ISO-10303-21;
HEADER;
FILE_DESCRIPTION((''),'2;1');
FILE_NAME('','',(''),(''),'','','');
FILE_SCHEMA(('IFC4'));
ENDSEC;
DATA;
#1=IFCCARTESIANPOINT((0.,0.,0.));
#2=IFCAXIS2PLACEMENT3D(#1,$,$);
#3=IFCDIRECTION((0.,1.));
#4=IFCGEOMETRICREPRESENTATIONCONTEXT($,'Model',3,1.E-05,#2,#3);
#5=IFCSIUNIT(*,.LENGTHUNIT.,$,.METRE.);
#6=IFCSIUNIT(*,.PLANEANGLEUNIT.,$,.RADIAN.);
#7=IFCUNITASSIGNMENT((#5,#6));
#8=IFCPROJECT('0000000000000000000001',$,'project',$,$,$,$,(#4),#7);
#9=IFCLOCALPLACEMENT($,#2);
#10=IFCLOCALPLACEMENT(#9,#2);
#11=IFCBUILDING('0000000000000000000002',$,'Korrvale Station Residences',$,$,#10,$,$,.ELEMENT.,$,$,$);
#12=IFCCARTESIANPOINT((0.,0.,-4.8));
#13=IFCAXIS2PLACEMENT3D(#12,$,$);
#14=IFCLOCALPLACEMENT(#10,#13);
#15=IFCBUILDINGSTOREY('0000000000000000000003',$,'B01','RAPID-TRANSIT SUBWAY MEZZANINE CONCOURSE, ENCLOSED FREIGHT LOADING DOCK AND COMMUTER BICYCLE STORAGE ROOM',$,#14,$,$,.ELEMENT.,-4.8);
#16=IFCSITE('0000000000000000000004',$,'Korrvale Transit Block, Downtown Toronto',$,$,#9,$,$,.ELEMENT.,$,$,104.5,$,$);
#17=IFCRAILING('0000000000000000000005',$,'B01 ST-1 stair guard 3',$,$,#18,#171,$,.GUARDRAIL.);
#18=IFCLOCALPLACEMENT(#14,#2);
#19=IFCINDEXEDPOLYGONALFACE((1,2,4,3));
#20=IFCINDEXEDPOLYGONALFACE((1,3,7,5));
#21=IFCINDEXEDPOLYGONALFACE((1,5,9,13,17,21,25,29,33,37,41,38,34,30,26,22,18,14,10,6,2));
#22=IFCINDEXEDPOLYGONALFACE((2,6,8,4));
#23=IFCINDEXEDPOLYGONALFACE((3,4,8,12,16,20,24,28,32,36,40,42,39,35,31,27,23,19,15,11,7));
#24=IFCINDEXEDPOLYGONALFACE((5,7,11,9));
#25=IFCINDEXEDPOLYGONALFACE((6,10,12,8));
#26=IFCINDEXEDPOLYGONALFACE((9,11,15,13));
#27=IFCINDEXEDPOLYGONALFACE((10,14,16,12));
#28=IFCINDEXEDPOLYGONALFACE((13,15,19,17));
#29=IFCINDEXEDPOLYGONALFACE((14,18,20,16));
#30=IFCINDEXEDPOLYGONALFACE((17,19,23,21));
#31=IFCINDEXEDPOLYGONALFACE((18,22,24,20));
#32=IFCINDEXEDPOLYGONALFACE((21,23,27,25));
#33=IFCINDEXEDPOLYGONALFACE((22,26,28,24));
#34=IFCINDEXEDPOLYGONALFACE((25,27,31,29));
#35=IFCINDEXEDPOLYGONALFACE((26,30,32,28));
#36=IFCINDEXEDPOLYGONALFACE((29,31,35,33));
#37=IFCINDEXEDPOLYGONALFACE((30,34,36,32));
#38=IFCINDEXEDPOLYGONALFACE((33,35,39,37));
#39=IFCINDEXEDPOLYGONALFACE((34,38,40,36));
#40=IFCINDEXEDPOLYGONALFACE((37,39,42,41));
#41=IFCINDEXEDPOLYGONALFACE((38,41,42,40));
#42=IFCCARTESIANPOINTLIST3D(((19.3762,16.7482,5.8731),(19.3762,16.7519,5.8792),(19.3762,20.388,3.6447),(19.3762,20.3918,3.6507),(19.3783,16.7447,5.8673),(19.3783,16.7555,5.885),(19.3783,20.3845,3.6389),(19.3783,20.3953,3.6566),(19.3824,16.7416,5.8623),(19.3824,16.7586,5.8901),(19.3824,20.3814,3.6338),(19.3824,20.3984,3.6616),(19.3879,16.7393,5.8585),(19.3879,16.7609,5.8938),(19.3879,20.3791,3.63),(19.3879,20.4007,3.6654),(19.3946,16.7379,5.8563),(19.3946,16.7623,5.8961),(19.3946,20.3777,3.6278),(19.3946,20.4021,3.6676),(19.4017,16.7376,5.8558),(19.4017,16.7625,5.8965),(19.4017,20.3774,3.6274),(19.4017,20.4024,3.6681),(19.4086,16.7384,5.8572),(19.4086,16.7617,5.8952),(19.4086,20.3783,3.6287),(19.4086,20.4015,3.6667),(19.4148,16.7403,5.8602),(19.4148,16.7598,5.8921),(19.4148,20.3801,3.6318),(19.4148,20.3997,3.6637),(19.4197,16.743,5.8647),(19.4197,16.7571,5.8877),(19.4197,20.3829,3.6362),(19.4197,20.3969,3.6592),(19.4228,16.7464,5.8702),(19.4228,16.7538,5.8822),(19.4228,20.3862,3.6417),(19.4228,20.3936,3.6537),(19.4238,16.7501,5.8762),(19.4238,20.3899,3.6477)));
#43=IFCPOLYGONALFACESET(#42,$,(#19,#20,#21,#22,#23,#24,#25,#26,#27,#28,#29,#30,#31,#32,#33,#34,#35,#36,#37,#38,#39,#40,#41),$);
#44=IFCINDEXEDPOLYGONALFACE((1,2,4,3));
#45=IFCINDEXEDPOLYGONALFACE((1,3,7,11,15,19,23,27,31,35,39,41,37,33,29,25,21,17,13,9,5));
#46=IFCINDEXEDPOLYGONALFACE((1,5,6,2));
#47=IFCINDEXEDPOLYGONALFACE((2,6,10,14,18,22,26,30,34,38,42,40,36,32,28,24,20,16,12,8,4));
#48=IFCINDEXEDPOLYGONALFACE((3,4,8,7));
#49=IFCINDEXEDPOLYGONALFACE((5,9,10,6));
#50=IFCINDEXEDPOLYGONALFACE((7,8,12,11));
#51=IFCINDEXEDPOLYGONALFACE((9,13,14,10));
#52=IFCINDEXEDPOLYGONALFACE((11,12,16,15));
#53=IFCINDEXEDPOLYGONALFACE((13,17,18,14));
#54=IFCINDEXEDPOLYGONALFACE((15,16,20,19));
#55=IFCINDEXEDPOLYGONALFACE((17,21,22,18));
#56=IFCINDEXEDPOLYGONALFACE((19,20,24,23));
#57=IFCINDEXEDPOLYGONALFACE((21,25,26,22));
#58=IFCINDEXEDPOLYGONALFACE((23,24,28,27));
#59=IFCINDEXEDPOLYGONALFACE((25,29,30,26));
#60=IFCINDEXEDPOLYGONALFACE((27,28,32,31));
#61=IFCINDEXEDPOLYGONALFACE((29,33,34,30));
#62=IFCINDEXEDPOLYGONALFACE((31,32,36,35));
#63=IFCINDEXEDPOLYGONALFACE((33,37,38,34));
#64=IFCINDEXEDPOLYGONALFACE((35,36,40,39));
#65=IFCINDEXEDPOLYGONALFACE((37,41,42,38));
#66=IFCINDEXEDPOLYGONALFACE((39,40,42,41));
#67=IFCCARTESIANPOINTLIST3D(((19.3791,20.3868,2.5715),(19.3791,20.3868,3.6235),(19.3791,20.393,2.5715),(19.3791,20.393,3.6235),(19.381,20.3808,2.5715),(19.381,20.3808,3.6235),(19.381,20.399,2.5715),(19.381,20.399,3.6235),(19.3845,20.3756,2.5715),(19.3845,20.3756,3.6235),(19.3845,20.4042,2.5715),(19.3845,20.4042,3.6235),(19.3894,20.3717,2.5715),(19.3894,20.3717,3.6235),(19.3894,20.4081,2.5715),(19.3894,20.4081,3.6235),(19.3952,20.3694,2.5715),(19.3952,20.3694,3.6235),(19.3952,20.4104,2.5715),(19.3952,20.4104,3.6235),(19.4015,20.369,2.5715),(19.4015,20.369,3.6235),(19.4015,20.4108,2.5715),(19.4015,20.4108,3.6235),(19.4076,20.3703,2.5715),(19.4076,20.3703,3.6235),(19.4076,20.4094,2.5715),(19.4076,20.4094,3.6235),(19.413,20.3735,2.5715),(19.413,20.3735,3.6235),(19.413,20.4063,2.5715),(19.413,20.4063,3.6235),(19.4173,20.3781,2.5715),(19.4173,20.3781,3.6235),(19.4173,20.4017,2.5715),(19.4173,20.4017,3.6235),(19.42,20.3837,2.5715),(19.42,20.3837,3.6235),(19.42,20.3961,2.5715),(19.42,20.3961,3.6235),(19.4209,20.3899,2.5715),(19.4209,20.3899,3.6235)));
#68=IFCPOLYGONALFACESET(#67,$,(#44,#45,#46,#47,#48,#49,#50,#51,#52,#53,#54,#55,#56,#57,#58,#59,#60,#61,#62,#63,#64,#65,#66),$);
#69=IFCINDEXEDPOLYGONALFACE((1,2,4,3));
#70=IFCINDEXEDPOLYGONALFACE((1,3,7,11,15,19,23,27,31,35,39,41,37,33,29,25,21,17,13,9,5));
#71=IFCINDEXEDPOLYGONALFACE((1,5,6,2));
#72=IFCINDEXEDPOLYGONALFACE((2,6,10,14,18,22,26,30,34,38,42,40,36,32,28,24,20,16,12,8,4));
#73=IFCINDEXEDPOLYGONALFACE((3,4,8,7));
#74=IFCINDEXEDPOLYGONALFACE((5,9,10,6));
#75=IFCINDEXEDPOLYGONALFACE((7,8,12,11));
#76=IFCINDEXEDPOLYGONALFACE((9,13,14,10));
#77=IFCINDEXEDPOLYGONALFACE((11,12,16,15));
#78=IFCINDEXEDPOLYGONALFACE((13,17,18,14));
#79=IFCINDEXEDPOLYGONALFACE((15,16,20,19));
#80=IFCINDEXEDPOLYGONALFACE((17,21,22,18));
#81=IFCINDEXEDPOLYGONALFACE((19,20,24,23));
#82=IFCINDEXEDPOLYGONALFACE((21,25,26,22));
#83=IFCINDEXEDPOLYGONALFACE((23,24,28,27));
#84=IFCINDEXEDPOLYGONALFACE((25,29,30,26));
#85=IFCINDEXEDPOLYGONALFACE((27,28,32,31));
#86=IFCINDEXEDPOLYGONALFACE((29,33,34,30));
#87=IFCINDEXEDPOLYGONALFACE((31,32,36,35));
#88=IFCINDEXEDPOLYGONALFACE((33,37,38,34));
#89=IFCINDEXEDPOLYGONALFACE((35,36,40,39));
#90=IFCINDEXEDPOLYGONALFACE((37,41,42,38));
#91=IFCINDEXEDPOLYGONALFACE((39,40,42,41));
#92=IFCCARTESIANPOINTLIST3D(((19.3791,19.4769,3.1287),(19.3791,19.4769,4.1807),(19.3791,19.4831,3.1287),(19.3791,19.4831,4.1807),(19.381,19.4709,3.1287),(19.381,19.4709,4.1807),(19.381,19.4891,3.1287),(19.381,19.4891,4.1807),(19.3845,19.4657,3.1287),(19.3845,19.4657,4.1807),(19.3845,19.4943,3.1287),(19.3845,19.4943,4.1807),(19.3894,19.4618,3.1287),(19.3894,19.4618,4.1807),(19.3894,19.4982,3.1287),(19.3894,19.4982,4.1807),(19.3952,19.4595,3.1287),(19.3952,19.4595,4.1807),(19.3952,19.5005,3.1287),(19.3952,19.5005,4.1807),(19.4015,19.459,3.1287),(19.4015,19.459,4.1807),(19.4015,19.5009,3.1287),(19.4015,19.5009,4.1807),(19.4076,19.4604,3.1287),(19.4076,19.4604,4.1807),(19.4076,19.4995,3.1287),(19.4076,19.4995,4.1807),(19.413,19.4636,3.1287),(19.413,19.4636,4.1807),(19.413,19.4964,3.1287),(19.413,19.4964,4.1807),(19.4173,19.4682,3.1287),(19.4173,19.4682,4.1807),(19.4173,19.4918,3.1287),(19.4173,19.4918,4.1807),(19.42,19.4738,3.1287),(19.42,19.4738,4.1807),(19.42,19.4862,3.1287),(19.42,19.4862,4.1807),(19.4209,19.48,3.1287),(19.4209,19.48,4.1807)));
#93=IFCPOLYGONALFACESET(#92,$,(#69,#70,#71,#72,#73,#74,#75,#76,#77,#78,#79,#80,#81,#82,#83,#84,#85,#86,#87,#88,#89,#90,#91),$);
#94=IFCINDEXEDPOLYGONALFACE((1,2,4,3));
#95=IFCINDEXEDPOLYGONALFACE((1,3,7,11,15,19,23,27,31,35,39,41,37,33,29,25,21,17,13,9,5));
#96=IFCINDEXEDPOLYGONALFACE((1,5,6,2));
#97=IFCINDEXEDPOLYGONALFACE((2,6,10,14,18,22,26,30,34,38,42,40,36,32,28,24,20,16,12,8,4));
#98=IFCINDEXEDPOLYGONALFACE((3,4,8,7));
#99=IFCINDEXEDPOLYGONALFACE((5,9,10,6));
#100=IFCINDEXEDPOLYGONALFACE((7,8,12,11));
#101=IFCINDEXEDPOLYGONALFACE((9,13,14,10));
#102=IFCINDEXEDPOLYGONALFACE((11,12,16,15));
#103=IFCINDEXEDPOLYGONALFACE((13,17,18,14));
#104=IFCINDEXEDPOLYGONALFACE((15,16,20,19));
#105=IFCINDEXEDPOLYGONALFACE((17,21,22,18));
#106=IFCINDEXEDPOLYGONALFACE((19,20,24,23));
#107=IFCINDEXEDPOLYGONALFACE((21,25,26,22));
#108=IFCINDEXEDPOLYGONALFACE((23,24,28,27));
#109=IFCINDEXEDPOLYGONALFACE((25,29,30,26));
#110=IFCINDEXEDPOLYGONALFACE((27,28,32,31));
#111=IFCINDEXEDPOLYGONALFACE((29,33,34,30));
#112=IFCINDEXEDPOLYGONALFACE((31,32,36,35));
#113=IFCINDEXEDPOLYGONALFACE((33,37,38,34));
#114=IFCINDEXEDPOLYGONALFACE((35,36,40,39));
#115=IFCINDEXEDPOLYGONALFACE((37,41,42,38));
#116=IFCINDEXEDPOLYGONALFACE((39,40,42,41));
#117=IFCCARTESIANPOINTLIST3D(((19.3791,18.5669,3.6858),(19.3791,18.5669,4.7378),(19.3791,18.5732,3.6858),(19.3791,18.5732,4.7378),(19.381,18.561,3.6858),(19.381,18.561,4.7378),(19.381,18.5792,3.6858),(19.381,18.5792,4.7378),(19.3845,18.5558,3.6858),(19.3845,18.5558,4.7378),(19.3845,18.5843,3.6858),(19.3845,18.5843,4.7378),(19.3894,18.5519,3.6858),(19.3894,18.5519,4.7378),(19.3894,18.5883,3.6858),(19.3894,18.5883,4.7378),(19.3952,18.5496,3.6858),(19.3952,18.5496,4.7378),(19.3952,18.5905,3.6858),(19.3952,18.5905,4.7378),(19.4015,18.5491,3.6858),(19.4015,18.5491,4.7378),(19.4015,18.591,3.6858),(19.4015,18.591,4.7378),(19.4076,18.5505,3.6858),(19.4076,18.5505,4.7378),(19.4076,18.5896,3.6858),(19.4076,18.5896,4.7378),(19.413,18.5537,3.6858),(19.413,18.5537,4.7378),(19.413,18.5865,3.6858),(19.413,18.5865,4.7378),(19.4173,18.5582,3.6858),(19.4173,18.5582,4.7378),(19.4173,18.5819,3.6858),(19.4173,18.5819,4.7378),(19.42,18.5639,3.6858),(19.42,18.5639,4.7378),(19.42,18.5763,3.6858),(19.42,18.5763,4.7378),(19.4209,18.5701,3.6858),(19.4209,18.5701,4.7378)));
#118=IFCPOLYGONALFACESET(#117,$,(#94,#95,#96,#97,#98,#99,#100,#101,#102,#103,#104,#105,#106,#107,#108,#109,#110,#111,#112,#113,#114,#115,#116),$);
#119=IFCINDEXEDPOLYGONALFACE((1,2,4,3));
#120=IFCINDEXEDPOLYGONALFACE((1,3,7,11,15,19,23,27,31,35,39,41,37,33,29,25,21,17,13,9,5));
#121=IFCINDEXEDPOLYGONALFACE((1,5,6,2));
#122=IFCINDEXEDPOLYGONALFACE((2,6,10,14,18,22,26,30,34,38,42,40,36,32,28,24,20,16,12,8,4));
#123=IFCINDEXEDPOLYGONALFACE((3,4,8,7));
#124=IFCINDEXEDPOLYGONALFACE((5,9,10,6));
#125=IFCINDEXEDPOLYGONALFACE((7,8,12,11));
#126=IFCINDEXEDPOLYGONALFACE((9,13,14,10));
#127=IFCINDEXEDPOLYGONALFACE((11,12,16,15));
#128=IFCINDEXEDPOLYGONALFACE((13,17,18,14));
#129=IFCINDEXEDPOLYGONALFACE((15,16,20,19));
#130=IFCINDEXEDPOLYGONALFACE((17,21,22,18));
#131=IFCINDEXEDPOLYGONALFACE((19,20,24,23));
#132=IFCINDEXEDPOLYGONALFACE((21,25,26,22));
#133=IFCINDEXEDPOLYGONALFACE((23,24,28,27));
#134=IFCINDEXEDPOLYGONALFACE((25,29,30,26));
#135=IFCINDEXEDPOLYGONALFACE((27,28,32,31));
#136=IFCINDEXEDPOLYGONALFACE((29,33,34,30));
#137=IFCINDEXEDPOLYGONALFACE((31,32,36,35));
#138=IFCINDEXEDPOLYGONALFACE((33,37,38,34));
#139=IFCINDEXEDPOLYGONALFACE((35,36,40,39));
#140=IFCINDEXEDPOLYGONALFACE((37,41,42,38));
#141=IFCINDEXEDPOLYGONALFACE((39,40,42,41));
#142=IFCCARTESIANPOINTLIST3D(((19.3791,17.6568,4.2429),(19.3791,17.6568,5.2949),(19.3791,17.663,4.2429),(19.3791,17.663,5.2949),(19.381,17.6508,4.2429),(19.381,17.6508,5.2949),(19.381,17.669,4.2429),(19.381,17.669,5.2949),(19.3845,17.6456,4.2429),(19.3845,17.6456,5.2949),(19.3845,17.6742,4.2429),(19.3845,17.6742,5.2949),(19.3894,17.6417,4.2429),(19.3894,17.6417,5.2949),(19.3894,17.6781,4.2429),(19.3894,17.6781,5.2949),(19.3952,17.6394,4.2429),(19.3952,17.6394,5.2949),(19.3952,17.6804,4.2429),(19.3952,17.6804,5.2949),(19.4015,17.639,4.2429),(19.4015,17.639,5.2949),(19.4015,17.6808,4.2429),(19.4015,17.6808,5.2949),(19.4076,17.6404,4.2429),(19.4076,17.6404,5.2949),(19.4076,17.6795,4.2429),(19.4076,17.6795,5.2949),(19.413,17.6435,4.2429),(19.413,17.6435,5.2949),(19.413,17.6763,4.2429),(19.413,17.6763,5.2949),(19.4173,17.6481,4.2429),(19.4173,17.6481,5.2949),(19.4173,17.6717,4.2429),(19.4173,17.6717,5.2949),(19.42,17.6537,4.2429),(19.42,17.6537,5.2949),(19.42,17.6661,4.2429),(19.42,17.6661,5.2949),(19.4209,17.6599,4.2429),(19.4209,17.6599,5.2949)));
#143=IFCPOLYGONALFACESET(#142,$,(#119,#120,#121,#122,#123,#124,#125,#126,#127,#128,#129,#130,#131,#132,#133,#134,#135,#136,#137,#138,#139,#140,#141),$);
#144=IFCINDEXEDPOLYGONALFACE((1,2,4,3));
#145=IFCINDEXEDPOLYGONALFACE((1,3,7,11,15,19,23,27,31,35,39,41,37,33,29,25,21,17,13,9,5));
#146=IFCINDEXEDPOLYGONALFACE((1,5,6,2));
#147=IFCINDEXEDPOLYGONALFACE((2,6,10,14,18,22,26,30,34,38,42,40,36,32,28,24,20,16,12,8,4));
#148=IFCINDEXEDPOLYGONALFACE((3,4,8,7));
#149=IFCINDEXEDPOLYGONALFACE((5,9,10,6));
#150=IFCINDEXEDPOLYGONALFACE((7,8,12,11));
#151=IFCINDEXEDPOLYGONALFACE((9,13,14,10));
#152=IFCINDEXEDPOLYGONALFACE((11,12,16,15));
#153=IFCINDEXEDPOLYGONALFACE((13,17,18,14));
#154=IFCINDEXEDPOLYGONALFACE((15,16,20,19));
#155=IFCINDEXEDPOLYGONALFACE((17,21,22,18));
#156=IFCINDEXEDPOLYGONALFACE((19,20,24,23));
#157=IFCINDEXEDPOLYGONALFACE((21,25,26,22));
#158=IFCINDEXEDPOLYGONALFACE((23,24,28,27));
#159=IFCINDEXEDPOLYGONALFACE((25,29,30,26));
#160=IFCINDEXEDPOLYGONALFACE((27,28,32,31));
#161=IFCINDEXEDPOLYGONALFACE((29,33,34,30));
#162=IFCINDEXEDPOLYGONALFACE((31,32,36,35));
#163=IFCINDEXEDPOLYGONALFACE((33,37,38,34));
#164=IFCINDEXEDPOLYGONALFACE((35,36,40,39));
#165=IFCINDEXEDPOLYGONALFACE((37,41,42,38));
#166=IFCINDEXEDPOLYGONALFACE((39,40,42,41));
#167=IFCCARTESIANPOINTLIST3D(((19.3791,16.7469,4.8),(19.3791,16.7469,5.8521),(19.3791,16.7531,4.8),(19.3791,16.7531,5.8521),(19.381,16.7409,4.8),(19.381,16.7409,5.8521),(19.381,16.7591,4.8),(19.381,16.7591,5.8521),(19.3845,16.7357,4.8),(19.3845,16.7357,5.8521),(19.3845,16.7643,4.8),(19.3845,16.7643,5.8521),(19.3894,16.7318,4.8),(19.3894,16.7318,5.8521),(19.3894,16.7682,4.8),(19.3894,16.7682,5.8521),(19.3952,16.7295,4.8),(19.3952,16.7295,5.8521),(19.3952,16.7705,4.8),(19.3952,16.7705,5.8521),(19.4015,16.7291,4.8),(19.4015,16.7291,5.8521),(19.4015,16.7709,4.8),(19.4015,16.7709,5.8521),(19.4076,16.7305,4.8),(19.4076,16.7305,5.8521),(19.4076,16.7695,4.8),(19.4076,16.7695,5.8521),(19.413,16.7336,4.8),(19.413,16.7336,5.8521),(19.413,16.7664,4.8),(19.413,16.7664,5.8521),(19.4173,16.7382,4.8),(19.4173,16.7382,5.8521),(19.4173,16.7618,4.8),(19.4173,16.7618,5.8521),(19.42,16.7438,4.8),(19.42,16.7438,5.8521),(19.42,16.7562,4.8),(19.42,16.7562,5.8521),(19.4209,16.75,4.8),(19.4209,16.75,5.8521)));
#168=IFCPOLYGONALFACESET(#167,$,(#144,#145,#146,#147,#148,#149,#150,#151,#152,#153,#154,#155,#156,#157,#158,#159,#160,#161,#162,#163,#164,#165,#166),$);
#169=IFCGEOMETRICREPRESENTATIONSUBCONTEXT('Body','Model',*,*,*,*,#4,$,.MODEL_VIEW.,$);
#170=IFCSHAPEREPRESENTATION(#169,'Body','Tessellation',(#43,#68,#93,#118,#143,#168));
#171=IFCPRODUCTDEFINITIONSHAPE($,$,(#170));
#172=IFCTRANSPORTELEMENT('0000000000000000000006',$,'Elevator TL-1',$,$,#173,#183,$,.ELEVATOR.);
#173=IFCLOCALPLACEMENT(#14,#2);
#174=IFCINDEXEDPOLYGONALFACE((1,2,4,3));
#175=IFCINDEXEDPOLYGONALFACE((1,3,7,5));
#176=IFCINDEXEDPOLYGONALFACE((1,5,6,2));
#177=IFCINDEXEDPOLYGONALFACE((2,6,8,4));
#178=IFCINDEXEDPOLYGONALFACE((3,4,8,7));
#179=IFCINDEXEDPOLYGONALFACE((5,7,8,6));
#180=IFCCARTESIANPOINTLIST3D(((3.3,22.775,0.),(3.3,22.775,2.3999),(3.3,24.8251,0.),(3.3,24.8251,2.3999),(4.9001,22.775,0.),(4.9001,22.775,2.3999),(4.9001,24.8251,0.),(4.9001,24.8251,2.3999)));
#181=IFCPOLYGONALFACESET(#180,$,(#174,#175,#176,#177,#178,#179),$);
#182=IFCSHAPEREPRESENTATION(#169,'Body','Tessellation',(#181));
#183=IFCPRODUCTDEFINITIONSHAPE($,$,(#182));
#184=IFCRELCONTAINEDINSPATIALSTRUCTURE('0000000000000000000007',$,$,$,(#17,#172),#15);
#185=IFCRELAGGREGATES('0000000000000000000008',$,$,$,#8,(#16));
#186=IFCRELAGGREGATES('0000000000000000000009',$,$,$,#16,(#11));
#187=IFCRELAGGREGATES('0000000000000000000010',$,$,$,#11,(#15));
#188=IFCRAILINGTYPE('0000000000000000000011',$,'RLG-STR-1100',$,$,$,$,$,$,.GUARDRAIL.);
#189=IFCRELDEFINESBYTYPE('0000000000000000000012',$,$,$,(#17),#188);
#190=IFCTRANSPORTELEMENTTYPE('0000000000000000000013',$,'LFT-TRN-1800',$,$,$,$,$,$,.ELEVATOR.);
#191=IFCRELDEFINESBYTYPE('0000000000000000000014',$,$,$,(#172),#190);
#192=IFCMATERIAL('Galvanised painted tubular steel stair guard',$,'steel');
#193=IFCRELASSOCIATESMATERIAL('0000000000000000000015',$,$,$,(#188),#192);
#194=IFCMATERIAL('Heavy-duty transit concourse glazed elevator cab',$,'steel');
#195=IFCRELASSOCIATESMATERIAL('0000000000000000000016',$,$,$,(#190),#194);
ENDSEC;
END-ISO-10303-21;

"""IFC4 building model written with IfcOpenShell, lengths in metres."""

from ifc_helpers import new_model, si_unit, direction, frame, origin, origin_2d, place, context, subcontext, project, spatial, rectangle, circle, extrude, material, type_object, element, save


model = new_model("IFC4")

# Units and contexts
model_context = context("Model", 3, precision=1e-05, world=origin(), true_north=direction((0.0, 1.0)))
body_context = subcontext(model_context, "Body", "Model", "MODEL_VIEW")
ifc_project = project(units=[si_unit("LENGTHUNIT", "METRE"), si_unit("PLANEANGLEUNIT", "RADIAN")], contexts=[model_context])

# Site, building, storey
site_placement = place(None, origin())
site = spatial("IfcSite", under=ifc_project, at=site_placement, Name="Korrvale Transit Block, Downtown Toronto", CompositionType="ELEMENT", RefElevation=104.5)
building_placement = place(site_placement, origin())
building = spatial("IfcBuilding", under=site, at=building_placement, Name="Korrvale Station Residences", CompositionType="ELEMENT")
storey_placement = place(building_placement, frame((0.0, 0.0, -4.8)))
storey = spatial("IfcBuildingStorey", under=building, at=storey_placement, Name="B01", Description="RAPID-TRANSIT SUBWAY MEZZANINE CONCOURSE, ENCLOSED FREIGHT LOADING DOCK AND COMMUTER BICYCLE STORAGE ROOM", CompositionType="ELEMENT", Elevation=-4.8)

# Railing
ifc_material_1 = material(Name="Galvanised painted tubular steel stair guard", Category="steel")
railing_type_1 = type_object("IfcRailingType", Name="RLG-STR-1100", PredefinedType="GUARDRAIL", material=ifc_material_1)
railing_1_placement = place(storey_placement, frame((19.3999, 20.3899, 2.5715)))
element("IfcRailing", 1, at=railing_1_placement, inside=storey, type_object=railing_type_1, Name="B01 ST-1 stair guard 3", PredefinedType="GUARDRAIL", context=body_context, shape_type="SweptSolid", body=[
    extrude(circle(Radius=0.0239, at=origin_2d()), frame((0.0, 0.0, 1.0762), z_axis=(0.0, -0.85285, 0.522156), x_axis=(1.0, 0.0, 0.0)), (0.0, 0.0, 1.0), 4.2678),
    extrude(circle(Radius=0.021, at=origin_2d()), origin(), (0.0, 0.0, 1.0), 1.052),
    extrude(circle(Radius=0.021, at=origin_2d()), frame((0.0, -0.9099, 0.5571)), (0.0, 0.0, 1.0), 1.052),
    extrude(circle(Radius=0.021, at=origin_2d()), frame((0.0, -1.8198, 1.1143)), (0.0, 0.0, 1.0), 1.052),
    extrude(circle(Radius=0.021, at=origin_2d()), frame((0.0, -2.73, 1.6714)), (0.0, 0.0, 1.0), 1.052),
    extrude(circle(Radius=0.021, at=origin_2d()), frame((0.0, -3.6399, 2.2285)), (0.0, 0.0, 1.0), 1.052),
])

# Transport element
ifc_material_2 = material(Name="Heavy-duty transit concourse glazed elevator cab", Category="steel")
transport_element_type = type_object("IfcTransportElementType", Name="LFT-TRN-1800", PredefinedType="ELEVATOR", material=ifc_material_2)
transport_element_placement = place(storey_placement, frame((4.1001, 23.8, 0.0), z_axis=(0.0, 0.0, 1.0), x_axis=(0.0, 1.0, 0.0)))
element("IfcTransportElement", 2, at=transport_element_placement, inside=storey, type_object=transport_element_type, Name="Elevator TL-1", PredefinedType="ELEVATOR", context=body_context, shape_type="SweptSolid", body=[
    extrude(rectangle(XDim=2.05, YDim=1.6001, at=origin_2d()), origin(), (0.0, 0.0, 1.0), 2.3999),
])

save(model, "model.ifc")
